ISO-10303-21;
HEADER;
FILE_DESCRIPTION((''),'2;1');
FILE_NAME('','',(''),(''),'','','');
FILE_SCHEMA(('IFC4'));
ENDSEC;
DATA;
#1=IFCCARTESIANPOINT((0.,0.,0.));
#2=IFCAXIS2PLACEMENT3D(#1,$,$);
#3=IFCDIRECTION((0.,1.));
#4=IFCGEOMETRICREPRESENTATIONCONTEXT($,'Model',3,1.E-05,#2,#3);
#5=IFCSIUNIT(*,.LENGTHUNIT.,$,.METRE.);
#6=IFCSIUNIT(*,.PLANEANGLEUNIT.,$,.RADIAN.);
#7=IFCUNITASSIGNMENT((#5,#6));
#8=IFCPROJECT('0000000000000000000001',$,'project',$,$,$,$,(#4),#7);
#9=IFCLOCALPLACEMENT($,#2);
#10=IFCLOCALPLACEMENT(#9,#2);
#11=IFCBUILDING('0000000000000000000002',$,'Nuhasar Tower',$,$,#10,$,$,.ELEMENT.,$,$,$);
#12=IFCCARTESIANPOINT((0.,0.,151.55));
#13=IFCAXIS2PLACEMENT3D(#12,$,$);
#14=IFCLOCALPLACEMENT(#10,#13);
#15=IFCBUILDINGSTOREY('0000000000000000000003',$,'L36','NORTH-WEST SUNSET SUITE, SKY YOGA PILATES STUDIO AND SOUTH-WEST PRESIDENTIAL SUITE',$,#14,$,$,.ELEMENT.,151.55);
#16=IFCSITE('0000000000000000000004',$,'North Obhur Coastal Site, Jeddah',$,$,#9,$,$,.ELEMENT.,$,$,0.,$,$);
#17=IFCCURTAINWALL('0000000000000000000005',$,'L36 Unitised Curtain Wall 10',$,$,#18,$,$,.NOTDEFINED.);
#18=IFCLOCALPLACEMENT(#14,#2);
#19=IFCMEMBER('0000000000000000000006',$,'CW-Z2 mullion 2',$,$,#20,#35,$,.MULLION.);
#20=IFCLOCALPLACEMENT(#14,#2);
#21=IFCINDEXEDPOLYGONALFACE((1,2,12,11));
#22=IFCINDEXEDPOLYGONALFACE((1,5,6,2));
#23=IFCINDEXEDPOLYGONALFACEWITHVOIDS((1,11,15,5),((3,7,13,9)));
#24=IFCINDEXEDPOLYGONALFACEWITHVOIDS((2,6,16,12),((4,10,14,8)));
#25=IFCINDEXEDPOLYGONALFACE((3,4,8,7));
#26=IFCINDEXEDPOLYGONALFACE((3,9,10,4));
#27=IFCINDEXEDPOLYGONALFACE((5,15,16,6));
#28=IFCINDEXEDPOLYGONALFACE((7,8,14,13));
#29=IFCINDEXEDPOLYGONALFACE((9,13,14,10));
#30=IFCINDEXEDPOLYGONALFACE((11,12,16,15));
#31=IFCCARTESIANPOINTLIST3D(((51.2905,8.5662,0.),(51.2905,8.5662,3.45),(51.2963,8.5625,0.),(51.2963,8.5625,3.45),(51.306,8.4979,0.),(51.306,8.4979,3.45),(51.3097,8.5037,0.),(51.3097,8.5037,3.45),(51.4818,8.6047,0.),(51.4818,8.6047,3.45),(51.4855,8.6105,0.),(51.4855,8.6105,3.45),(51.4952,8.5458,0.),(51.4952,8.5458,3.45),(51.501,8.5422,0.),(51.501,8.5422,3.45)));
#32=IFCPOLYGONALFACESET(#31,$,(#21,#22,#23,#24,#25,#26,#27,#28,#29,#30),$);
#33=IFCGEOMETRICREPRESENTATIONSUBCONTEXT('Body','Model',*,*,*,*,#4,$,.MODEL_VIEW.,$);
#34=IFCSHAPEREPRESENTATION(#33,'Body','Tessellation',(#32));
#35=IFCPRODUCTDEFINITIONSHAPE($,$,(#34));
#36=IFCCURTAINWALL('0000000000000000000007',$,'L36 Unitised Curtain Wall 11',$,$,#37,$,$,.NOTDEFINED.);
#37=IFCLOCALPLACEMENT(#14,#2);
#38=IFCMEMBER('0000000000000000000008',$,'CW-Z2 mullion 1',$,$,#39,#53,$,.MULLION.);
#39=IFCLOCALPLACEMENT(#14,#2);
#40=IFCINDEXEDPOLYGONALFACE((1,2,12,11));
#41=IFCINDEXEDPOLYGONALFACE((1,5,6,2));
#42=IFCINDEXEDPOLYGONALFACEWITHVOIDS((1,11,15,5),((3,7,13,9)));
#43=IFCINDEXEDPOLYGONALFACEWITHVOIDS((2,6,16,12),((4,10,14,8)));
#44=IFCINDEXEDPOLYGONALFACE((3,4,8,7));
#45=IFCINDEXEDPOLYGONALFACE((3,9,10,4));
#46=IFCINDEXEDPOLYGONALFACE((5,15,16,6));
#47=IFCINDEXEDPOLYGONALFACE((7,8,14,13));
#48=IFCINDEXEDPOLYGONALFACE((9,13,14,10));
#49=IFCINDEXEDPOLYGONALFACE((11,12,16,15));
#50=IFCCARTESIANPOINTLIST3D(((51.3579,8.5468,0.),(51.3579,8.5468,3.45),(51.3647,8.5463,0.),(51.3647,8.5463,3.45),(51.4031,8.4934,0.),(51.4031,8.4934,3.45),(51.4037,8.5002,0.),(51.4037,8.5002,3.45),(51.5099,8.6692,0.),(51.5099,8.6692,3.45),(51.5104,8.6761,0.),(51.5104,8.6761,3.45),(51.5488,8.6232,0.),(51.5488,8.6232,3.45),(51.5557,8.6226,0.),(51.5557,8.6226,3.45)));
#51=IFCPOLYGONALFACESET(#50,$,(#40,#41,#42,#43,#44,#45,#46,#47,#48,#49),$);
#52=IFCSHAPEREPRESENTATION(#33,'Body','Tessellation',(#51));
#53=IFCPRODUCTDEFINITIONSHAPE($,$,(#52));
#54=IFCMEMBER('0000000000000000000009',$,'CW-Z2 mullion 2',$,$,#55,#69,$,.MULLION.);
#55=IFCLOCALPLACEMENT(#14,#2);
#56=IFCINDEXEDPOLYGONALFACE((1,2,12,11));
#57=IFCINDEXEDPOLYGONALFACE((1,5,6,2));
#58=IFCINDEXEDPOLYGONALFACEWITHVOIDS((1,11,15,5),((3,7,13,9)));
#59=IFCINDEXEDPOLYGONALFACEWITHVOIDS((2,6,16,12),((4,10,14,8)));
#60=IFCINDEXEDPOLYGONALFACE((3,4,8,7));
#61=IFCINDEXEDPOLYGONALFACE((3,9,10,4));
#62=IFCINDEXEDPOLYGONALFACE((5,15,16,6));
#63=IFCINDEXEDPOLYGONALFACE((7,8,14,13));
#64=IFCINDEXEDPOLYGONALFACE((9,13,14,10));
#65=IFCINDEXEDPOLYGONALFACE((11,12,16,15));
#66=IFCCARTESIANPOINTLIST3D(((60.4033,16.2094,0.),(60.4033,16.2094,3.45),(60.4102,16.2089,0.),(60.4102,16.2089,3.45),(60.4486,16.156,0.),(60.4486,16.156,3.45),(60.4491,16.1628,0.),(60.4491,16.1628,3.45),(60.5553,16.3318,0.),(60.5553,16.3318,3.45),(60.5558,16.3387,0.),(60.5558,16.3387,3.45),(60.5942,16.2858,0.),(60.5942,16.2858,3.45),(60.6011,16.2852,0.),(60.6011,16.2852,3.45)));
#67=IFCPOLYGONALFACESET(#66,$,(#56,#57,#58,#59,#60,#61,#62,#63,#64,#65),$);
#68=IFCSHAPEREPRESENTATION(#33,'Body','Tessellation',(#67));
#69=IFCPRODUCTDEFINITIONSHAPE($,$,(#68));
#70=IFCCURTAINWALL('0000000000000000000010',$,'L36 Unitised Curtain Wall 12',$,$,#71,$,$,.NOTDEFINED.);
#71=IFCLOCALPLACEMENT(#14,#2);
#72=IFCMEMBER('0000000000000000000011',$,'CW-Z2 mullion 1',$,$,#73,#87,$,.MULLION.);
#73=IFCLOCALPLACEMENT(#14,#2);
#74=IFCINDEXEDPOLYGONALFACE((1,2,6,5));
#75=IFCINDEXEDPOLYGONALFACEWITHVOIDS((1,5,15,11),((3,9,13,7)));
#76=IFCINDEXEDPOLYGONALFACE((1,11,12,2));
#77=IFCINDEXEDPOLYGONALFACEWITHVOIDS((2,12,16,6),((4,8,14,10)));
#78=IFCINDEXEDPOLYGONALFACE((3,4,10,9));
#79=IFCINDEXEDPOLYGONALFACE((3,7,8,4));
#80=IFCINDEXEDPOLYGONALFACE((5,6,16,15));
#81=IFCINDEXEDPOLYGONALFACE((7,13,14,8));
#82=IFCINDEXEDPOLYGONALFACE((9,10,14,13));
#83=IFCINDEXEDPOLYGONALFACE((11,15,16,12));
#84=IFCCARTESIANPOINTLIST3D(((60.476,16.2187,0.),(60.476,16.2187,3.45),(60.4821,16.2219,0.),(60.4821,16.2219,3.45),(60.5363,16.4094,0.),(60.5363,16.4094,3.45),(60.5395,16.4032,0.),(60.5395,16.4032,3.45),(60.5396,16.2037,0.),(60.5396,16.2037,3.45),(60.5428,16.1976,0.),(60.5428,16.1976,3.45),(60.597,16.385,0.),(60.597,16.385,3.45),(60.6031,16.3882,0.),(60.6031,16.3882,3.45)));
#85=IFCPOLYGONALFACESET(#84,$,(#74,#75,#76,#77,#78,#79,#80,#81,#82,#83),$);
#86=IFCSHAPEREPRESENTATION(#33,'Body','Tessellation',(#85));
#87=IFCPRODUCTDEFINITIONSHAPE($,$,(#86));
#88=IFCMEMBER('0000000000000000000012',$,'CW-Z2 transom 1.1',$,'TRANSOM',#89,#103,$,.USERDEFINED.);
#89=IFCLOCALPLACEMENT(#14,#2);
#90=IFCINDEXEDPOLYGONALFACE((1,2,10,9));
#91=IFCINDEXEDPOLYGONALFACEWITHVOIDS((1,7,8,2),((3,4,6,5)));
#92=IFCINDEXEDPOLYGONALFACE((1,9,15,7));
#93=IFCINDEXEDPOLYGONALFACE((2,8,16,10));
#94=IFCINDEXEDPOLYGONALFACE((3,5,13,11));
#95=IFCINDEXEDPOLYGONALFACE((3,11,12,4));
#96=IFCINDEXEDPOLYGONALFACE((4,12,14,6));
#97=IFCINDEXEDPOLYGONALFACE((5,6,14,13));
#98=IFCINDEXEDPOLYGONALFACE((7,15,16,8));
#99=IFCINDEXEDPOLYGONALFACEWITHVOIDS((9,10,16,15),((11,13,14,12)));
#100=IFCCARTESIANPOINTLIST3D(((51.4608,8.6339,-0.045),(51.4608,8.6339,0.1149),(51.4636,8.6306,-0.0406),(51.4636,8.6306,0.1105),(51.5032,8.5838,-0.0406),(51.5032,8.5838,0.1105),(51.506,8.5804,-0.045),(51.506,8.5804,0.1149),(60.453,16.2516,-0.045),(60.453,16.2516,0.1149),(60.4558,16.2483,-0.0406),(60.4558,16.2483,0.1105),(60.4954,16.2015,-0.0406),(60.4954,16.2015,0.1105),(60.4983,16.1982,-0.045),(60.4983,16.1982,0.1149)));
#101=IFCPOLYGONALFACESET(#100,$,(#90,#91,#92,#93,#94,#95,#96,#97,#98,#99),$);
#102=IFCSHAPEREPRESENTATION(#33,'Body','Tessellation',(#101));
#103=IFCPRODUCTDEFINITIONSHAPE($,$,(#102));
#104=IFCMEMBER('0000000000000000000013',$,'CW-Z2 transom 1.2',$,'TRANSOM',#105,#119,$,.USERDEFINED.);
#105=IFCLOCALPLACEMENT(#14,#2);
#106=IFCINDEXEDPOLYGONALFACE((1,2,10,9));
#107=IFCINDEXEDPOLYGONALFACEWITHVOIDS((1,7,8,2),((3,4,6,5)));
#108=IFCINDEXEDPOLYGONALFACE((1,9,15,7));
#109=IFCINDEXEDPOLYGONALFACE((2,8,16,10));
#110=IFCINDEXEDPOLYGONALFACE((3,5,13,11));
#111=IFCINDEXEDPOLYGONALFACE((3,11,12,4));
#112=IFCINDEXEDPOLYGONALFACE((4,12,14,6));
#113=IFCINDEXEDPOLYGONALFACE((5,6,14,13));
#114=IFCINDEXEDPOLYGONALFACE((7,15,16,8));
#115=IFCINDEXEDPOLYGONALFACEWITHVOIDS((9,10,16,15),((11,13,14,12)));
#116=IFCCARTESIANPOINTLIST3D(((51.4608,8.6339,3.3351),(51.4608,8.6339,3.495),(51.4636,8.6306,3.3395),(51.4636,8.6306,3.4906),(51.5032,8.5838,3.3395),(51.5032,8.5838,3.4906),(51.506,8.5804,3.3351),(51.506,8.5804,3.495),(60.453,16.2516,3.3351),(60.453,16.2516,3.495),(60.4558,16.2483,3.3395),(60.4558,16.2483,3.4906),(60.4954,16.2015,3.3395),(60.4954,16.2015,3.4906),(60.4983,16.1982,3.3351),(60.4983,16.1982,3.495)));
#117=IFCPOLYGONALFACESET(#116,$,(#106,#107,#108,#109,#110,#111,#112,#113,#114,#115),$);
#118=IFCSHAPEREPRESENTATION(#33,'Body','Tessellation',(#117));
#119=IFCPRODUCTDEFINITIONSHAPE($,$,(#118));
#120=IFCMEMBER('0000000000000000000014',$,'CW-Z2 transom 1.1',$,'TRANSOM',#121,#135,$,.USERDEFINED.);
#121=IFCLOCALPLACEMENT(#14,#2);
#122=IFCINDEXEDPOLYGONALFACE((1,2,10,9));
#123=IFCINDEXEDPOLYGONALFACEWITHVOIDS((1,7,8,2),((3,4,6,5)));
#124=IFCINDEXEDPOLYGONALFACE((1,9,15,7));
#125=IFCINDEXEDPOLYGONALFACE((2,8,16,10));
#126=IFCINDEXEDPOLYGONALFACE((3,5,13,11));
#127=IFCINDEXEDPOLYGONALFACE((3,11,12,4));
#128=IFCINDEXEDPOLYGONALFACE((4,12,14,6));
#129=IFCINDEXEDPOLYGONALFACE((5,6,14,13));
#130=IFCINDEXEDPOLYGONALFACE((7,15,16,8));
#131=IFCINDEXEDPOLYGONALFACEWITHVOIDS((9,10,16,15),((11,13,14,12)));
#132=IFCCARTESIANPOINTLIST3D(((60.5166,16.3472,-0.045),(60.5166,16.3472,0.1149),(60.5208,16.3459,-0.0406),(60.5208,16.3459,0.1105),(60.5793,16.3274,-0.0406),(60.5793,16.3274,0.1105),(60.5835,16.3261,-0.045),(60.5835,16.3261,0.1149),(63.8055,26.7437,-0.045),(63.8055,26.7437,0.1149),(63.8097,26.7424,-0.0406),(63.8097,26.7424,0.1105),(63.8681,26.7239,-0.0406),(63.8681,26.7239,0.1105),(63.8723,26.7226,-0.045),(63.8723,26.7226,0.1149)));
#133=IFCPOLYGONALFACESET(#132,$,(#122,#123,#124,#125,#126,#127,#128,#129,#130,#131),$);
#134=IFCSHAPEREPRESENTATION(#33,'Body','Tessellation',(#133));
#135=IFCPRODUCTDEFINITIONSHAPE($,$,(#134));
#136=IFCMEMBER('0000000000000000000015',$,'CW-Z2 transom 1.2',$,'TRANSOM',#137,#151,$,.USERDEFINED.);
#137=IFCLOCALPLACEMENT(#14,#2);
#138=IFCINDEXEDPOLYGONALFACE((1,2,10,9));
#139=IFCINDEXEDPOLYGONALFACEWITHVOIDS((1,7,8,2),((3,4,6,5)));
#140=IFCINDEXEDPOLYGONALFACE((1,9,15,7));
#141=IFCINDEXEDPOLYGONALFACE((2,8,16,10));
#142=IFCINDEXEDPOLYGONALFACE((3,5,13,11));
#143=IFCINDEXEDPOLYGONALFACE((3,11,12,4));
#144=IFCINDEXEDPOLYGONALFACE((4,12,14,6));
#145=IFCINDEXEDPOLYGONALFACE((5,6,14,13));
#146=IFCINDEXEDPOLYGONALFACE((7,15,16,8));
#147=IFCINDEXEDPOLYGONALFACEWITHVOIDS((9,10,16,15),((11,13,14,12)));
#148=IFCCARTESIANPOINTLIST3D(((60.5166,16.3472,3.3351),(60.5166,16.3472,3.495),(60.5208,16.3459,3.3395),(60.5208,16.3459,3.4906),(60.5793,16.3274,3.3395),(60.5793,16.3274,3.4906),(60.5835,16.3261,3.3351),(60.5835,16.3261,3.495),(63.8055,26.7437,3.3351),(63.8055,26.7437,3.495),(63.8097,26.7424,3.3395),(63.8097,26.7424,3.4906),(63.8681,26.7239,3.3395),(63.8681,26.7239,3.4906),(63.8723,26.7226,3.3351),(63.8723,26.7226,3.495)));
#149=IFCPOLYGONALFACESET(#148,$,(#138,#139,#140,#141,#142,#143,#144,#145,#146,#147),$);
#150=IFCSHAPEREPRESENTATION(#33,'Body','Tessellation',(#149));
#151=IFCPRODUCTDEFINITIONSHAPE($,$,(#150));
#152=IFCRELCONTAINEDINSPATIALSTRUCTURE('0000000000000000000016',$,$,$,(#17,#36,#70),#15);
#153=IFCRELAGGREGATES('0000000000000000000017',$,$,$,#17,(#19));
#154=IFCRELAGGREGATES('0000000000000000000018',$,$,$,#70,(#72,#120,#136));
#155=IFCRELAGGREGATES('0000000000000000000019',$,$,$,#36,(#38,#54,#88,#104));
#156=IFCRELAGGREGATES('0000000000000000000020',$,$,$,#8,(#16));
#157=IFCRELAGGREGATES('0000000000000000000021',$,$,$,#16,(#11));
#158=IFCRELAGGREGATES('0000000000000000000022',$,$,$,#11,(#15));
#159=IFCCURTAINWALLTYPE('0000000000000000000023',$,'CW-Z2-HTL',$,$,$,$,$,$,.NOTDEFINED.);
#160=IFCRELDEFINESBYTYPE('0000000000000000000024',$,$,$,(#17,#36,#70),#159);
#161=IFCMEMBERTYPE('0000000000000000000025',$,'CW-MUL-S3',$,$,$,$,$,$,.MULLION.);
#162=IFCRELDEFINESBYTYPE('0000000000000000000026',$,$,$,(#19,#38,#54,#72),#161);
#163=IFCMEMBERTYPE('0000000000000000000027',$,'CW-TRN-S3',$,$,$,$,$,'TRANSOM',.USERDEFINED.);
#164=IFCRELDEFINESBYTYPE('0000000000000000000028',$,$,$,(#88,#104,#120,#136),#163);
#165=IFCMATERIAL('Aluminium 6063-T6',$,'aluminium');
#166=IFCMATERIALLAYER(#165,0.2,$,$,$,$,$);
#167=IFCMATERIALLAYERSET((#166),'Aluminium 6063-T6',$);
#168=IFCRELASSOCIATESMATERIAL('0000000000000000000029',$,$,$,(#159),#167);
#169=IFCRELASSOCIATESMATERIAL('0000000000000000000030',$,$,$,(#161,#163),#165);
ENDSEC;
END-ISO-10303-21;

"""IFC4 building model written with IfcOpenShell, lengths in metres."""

from ifc_helpers import new_model, si_unit, direction, frame, origin, origin_2d, place, context, subcontext, project, spatial, hollow_rectangle, extrude, material, layer, layer_set, material_profile, profile_set, type_object, element, aggregate, save


model = new_model("IFC4")

# Units and contexts
model_context = context("Model", 3, precision=1e-05, world=origin(), true_north=direction((0.0, 1.0)))
body_context = subcontext(model_context, "Body", "Model", "MODEL_VIEW")
ifc_project = project(units=[si_unit("LENGTHUNIT", "METRE"), si_unit("PLANEANGLEUNIT", "RADIAN")], contexts=[model_context])

# Site, building, storey
site_placement = place(None, origin())
site = spatial("IfcSite", under=ifc_project, at=site_placement, Name="North Obhur Coastal Site, Jeddah", CompositionType="ELEMENT", RefElevation=0.0)
building_placement = place(site_placement, origin())
building = spatial("IfcBuilding", under=site, at=building_placement, Name="Nuhasar Tower", CompositionType="ELEMENT")
storey_placement = place(building_placement, frame((0.0, 0.0, 151.55)))
storey = spatial("IfcBuildingStorey", under=building, at=storey_placement, Name="L36", Description="NORTH-WEST SUNSET SUITE, SKY YOGA PILATES STUDIO AND SOUTH-WEST PRESIDENTIAL SUITE", CompositionType="ELEMENT", Elevation=151.55)

# Curtain wall, member
ifc_material_1 = material(Name="Aluminium 6063-T6", Category="aluminium")
ifc_layer_1 = layer(ifc_material_1, 0.2)
ifc_layer_set_1 = layer_set([ifc_layer_1], Name="Aluminium 6063-T6")
curtain_wall_type = type_object("IfcCurtainWallType", Name="CW-Z2-HTL", PredefinedType="NOTDEFINED", material=ifc_layer_set_1)
curtain_wall_1_placement = place(storey_placement, origin())
curtain_wall_1 = element("IfcCurtainWall", 1, at=curtain_wall_1_placement, inside=storey, type_object=curtain_wall_type, Name="L36 Unitised Curtain Wall 10", PredefinedType="NOTDEFINED")
ifc_material_profile_1 = material_profile(ifc_material_1, hollow_rectangle(XDim=0.0701, YDim=0.2, WallThickness=0.0049, at=origin_2d()), Name="CWM-3")
ifc_profile_set_1 = profile_set([ifc_material_profile_1], Name="Aluminium 6063-T6")
member_type_1 = type_object("IfcMemberType", Name="CW-MUL-S3", PredefinedType="MULLION", material=ifc_profile_set_1)
member_1_placement = place(storey_placement, frame((51.3958, 8.5542, 0.0), z_axis=(0.0, 0.0, 1.0), x_axis=(-0.221397, 0.975184, 0.0)))
member_1 = element("IfcMember", 2, at=member_1_placement, type_object=member_type_1, Name="CW-Z2 mullion 2", PredefinedType="MULLION", context=body_context, shape_type="SweptSolid", body=[
    extrude(hollow_rectangle(XDim=0.0701, YDim=0.2, WallThickness=0.0049, at=origin_2d()), origin(), (0.0, 0.0, 1.0), 3.45),
])
aggregate(curtain_wall_1, [member_1])

# Curtain wall, members
curtain_wall_2_placement = place(storey_placement, origin())
curtain_wall_2 = element("IfcCurtainWall", 3, at=curtain_wall_2_placement, inside=storey, type_object=curtain_wall_type, Name="L36 Unitised Curtain Wall 11", PredefinedType="NOTDEFINED")
member_2_placement = place(storey_placement, frame((51.4568, 8.5847, 0.0), z_axis=(0.0, 0.0, 1.0), x_axis=(-0.646374, 0.76302, 0.0)))
member_2 = element("IfcMember", 4, at=member_2_placement, type_object=member_type_1, Name="CW-Z2 mullion 1", PredefinedType="MULLION", context=body_context, shape_type="SweptSolid", body=[
    extrude(hollow_rectangle(XDim=0.0701, YDim=0.2, WallThickness=0.0049, at=origin_2d()), origin(), (0.0, 0.0, 1.0), 3.45),
])
member_3_placement = place(storey_placement, frame((60.5022, 16.2473, 0.0), z_axis=(0.0, 0.0, 1.0), x_axis=(-0.646374, 0.76302, 0.0)))
member_3 = element("IfcMember", 5, at=member_3_placement, type_object=member_type_1, Name="CW-Z2 mullion 2", PredefinedType="MULLION", context=body_context, shape_type="SweptSolid", body=[
    extrude(hollow_rectangle(XDim=0.0701, YDim=0.2, WallThickness=0.0049, at=origin_2d()), origin(), (0.0, 0.0, 1.0), 3.45),
])

# Curtain wall, member
curtain_wall_3_placement = place(storey_placement, origin())
curtain_wall_3 = element("IfcCurtainWall", 6, at=curtain_wall_3_placement, inside=storey, type_object=curtain_wall_type, Name="L36 Unitised Curtain Wall 12", PredefinedType="NOTDEFINED")
member_4_placement = place(storey_placement, frame((60.5396, 16.3035, 0.0), z_axis=(0.0, 0.0, 1.0), x_axis=(-0.953433, 0.301604, 0.0)))
member_4 = element("IfcMember", 7, at=member_4_placement, type_object=member_type_1, Name="CW-Z2 mullion 1", PredefinedType="MULLION", context=body_context, shape_type="SweptSolid", body=[
    extrude(hollow_rectangle(XDim=0.0701, YDim=0.2, WallThickness=0.0049, at=origin_2d()), origin(), (0.0, 0.0, 1.0), 3.45),
])

# Members
ifc_material_profile_2 = material_profile(ifc_material_1, hollow_rectangle(XDim=0.0701, YDim=0.1599, WallThickness=0.0044, at=origin_2d()), Name="CWT-3")
ifc_profile_set_2 = profile_set([ifc_material_profile_2], Name="Aluminium 6063-T6")
member_type_2 = type_object("IfcMemberType", Name="CW-TRN-S3", ElementType="TRANSOM", PredefinedType="USERDEFINED", material=ifc_profile_set_2)
member_5_placement = place(storey_placement, frame((51.4834, 8.6072, 0.0349), z_axis=(0.763014, 0.646382, 0.0), x_axis=(-0.646382, 0.763014, 0.0)))
member_5 = element("IfcMember", 8, at=member_5_placement, type_object=member_type_2, Name="CW-Z2 transom 1.1", ObjectType="TRANSOM", PredefinedType="USERDEFINED", context=body_context, shape_type="SweptSolid", body=[
    extrude(hollow_rectangle(XDim=0.0701, YDim=0.1599, WallThickness=0.0044, at=origin_2d()), origin(), (0.0, 0.0, 1.0), 11.7852),
])
member_6_placement = place(storey_placement, frame((51.4834, 8.6072, 3.415), z_axis=(0.763014, 0.646382, 0.0), x_axis=(-0.646382, 0.763014, 0.0)))
member_6 = element("IfcMember", 9, at=member_6_placement, type_object=member_type_2, Name="CW-Z2 transom 1.2", ObjectType="TRANSOM", PredefinedType="USERDEFINED", context=body_context, shape_type="SweptSolid", body=[
    extrude(hollow_rectangle(XDim=0.0701, YDim=0.1599, WallThickness=0.0044, at=origin_2d()), origin(), (0.0, 0.0, 1.0), 11.7852),
])
member_7_placement = place(storey_placement, frame((60.55, 16.3367, 0.0349), z_axis=(0.301608, 0.953432, 0.0), x_axis=(-0.953432, 0.301608, 0.0)))
member_7 = element("IfcMember", 10, at=member_7_placement, type_object=member_type_2, Name="CW-Z2 transom 1.1", ObjectType="TRANSOM", PredefinedType="USERDEFINED", context=body_context, shape_type="SweptSolid", body=[
    extrude(hollow_rectangle(XDim=0.0701, YDim=0.1599, WallThickness=0.0044, at=origin_2d()), origin(), (0.0, 0.0, 1.0), 10.9043),
])
member_8_placement = place(storey_placement, frame((60.55, 16.3367, 3.415), z_axis=(0.301608, 0.953432, 0.0), x_axis=(-0.953432, 0.301608, 0.0)))
member_8 = element("IfcMember", 11, at=member_8_placement, type_object=member_type_2, Name="CW-Z2 transom 1.2", ObjectType="TRANSOM", PredefinedType="USERDEFINED", context=body_context, shape_type="SweptSolid", body=[
    extrude(hollow_rectangle(XDim=0.0701, YDim=0.1599, WallThickness=0.0044, at=origin_2d()), origin(), (0.0, 0.0, 1.0), 10.9043),
])
aggregate(curtain_wall_3, [member_4, member_7, member_8])

aggregate(curtain_wall_2, [member_2, member_3, member_5, member_6])

save(model, "model.ifc")
